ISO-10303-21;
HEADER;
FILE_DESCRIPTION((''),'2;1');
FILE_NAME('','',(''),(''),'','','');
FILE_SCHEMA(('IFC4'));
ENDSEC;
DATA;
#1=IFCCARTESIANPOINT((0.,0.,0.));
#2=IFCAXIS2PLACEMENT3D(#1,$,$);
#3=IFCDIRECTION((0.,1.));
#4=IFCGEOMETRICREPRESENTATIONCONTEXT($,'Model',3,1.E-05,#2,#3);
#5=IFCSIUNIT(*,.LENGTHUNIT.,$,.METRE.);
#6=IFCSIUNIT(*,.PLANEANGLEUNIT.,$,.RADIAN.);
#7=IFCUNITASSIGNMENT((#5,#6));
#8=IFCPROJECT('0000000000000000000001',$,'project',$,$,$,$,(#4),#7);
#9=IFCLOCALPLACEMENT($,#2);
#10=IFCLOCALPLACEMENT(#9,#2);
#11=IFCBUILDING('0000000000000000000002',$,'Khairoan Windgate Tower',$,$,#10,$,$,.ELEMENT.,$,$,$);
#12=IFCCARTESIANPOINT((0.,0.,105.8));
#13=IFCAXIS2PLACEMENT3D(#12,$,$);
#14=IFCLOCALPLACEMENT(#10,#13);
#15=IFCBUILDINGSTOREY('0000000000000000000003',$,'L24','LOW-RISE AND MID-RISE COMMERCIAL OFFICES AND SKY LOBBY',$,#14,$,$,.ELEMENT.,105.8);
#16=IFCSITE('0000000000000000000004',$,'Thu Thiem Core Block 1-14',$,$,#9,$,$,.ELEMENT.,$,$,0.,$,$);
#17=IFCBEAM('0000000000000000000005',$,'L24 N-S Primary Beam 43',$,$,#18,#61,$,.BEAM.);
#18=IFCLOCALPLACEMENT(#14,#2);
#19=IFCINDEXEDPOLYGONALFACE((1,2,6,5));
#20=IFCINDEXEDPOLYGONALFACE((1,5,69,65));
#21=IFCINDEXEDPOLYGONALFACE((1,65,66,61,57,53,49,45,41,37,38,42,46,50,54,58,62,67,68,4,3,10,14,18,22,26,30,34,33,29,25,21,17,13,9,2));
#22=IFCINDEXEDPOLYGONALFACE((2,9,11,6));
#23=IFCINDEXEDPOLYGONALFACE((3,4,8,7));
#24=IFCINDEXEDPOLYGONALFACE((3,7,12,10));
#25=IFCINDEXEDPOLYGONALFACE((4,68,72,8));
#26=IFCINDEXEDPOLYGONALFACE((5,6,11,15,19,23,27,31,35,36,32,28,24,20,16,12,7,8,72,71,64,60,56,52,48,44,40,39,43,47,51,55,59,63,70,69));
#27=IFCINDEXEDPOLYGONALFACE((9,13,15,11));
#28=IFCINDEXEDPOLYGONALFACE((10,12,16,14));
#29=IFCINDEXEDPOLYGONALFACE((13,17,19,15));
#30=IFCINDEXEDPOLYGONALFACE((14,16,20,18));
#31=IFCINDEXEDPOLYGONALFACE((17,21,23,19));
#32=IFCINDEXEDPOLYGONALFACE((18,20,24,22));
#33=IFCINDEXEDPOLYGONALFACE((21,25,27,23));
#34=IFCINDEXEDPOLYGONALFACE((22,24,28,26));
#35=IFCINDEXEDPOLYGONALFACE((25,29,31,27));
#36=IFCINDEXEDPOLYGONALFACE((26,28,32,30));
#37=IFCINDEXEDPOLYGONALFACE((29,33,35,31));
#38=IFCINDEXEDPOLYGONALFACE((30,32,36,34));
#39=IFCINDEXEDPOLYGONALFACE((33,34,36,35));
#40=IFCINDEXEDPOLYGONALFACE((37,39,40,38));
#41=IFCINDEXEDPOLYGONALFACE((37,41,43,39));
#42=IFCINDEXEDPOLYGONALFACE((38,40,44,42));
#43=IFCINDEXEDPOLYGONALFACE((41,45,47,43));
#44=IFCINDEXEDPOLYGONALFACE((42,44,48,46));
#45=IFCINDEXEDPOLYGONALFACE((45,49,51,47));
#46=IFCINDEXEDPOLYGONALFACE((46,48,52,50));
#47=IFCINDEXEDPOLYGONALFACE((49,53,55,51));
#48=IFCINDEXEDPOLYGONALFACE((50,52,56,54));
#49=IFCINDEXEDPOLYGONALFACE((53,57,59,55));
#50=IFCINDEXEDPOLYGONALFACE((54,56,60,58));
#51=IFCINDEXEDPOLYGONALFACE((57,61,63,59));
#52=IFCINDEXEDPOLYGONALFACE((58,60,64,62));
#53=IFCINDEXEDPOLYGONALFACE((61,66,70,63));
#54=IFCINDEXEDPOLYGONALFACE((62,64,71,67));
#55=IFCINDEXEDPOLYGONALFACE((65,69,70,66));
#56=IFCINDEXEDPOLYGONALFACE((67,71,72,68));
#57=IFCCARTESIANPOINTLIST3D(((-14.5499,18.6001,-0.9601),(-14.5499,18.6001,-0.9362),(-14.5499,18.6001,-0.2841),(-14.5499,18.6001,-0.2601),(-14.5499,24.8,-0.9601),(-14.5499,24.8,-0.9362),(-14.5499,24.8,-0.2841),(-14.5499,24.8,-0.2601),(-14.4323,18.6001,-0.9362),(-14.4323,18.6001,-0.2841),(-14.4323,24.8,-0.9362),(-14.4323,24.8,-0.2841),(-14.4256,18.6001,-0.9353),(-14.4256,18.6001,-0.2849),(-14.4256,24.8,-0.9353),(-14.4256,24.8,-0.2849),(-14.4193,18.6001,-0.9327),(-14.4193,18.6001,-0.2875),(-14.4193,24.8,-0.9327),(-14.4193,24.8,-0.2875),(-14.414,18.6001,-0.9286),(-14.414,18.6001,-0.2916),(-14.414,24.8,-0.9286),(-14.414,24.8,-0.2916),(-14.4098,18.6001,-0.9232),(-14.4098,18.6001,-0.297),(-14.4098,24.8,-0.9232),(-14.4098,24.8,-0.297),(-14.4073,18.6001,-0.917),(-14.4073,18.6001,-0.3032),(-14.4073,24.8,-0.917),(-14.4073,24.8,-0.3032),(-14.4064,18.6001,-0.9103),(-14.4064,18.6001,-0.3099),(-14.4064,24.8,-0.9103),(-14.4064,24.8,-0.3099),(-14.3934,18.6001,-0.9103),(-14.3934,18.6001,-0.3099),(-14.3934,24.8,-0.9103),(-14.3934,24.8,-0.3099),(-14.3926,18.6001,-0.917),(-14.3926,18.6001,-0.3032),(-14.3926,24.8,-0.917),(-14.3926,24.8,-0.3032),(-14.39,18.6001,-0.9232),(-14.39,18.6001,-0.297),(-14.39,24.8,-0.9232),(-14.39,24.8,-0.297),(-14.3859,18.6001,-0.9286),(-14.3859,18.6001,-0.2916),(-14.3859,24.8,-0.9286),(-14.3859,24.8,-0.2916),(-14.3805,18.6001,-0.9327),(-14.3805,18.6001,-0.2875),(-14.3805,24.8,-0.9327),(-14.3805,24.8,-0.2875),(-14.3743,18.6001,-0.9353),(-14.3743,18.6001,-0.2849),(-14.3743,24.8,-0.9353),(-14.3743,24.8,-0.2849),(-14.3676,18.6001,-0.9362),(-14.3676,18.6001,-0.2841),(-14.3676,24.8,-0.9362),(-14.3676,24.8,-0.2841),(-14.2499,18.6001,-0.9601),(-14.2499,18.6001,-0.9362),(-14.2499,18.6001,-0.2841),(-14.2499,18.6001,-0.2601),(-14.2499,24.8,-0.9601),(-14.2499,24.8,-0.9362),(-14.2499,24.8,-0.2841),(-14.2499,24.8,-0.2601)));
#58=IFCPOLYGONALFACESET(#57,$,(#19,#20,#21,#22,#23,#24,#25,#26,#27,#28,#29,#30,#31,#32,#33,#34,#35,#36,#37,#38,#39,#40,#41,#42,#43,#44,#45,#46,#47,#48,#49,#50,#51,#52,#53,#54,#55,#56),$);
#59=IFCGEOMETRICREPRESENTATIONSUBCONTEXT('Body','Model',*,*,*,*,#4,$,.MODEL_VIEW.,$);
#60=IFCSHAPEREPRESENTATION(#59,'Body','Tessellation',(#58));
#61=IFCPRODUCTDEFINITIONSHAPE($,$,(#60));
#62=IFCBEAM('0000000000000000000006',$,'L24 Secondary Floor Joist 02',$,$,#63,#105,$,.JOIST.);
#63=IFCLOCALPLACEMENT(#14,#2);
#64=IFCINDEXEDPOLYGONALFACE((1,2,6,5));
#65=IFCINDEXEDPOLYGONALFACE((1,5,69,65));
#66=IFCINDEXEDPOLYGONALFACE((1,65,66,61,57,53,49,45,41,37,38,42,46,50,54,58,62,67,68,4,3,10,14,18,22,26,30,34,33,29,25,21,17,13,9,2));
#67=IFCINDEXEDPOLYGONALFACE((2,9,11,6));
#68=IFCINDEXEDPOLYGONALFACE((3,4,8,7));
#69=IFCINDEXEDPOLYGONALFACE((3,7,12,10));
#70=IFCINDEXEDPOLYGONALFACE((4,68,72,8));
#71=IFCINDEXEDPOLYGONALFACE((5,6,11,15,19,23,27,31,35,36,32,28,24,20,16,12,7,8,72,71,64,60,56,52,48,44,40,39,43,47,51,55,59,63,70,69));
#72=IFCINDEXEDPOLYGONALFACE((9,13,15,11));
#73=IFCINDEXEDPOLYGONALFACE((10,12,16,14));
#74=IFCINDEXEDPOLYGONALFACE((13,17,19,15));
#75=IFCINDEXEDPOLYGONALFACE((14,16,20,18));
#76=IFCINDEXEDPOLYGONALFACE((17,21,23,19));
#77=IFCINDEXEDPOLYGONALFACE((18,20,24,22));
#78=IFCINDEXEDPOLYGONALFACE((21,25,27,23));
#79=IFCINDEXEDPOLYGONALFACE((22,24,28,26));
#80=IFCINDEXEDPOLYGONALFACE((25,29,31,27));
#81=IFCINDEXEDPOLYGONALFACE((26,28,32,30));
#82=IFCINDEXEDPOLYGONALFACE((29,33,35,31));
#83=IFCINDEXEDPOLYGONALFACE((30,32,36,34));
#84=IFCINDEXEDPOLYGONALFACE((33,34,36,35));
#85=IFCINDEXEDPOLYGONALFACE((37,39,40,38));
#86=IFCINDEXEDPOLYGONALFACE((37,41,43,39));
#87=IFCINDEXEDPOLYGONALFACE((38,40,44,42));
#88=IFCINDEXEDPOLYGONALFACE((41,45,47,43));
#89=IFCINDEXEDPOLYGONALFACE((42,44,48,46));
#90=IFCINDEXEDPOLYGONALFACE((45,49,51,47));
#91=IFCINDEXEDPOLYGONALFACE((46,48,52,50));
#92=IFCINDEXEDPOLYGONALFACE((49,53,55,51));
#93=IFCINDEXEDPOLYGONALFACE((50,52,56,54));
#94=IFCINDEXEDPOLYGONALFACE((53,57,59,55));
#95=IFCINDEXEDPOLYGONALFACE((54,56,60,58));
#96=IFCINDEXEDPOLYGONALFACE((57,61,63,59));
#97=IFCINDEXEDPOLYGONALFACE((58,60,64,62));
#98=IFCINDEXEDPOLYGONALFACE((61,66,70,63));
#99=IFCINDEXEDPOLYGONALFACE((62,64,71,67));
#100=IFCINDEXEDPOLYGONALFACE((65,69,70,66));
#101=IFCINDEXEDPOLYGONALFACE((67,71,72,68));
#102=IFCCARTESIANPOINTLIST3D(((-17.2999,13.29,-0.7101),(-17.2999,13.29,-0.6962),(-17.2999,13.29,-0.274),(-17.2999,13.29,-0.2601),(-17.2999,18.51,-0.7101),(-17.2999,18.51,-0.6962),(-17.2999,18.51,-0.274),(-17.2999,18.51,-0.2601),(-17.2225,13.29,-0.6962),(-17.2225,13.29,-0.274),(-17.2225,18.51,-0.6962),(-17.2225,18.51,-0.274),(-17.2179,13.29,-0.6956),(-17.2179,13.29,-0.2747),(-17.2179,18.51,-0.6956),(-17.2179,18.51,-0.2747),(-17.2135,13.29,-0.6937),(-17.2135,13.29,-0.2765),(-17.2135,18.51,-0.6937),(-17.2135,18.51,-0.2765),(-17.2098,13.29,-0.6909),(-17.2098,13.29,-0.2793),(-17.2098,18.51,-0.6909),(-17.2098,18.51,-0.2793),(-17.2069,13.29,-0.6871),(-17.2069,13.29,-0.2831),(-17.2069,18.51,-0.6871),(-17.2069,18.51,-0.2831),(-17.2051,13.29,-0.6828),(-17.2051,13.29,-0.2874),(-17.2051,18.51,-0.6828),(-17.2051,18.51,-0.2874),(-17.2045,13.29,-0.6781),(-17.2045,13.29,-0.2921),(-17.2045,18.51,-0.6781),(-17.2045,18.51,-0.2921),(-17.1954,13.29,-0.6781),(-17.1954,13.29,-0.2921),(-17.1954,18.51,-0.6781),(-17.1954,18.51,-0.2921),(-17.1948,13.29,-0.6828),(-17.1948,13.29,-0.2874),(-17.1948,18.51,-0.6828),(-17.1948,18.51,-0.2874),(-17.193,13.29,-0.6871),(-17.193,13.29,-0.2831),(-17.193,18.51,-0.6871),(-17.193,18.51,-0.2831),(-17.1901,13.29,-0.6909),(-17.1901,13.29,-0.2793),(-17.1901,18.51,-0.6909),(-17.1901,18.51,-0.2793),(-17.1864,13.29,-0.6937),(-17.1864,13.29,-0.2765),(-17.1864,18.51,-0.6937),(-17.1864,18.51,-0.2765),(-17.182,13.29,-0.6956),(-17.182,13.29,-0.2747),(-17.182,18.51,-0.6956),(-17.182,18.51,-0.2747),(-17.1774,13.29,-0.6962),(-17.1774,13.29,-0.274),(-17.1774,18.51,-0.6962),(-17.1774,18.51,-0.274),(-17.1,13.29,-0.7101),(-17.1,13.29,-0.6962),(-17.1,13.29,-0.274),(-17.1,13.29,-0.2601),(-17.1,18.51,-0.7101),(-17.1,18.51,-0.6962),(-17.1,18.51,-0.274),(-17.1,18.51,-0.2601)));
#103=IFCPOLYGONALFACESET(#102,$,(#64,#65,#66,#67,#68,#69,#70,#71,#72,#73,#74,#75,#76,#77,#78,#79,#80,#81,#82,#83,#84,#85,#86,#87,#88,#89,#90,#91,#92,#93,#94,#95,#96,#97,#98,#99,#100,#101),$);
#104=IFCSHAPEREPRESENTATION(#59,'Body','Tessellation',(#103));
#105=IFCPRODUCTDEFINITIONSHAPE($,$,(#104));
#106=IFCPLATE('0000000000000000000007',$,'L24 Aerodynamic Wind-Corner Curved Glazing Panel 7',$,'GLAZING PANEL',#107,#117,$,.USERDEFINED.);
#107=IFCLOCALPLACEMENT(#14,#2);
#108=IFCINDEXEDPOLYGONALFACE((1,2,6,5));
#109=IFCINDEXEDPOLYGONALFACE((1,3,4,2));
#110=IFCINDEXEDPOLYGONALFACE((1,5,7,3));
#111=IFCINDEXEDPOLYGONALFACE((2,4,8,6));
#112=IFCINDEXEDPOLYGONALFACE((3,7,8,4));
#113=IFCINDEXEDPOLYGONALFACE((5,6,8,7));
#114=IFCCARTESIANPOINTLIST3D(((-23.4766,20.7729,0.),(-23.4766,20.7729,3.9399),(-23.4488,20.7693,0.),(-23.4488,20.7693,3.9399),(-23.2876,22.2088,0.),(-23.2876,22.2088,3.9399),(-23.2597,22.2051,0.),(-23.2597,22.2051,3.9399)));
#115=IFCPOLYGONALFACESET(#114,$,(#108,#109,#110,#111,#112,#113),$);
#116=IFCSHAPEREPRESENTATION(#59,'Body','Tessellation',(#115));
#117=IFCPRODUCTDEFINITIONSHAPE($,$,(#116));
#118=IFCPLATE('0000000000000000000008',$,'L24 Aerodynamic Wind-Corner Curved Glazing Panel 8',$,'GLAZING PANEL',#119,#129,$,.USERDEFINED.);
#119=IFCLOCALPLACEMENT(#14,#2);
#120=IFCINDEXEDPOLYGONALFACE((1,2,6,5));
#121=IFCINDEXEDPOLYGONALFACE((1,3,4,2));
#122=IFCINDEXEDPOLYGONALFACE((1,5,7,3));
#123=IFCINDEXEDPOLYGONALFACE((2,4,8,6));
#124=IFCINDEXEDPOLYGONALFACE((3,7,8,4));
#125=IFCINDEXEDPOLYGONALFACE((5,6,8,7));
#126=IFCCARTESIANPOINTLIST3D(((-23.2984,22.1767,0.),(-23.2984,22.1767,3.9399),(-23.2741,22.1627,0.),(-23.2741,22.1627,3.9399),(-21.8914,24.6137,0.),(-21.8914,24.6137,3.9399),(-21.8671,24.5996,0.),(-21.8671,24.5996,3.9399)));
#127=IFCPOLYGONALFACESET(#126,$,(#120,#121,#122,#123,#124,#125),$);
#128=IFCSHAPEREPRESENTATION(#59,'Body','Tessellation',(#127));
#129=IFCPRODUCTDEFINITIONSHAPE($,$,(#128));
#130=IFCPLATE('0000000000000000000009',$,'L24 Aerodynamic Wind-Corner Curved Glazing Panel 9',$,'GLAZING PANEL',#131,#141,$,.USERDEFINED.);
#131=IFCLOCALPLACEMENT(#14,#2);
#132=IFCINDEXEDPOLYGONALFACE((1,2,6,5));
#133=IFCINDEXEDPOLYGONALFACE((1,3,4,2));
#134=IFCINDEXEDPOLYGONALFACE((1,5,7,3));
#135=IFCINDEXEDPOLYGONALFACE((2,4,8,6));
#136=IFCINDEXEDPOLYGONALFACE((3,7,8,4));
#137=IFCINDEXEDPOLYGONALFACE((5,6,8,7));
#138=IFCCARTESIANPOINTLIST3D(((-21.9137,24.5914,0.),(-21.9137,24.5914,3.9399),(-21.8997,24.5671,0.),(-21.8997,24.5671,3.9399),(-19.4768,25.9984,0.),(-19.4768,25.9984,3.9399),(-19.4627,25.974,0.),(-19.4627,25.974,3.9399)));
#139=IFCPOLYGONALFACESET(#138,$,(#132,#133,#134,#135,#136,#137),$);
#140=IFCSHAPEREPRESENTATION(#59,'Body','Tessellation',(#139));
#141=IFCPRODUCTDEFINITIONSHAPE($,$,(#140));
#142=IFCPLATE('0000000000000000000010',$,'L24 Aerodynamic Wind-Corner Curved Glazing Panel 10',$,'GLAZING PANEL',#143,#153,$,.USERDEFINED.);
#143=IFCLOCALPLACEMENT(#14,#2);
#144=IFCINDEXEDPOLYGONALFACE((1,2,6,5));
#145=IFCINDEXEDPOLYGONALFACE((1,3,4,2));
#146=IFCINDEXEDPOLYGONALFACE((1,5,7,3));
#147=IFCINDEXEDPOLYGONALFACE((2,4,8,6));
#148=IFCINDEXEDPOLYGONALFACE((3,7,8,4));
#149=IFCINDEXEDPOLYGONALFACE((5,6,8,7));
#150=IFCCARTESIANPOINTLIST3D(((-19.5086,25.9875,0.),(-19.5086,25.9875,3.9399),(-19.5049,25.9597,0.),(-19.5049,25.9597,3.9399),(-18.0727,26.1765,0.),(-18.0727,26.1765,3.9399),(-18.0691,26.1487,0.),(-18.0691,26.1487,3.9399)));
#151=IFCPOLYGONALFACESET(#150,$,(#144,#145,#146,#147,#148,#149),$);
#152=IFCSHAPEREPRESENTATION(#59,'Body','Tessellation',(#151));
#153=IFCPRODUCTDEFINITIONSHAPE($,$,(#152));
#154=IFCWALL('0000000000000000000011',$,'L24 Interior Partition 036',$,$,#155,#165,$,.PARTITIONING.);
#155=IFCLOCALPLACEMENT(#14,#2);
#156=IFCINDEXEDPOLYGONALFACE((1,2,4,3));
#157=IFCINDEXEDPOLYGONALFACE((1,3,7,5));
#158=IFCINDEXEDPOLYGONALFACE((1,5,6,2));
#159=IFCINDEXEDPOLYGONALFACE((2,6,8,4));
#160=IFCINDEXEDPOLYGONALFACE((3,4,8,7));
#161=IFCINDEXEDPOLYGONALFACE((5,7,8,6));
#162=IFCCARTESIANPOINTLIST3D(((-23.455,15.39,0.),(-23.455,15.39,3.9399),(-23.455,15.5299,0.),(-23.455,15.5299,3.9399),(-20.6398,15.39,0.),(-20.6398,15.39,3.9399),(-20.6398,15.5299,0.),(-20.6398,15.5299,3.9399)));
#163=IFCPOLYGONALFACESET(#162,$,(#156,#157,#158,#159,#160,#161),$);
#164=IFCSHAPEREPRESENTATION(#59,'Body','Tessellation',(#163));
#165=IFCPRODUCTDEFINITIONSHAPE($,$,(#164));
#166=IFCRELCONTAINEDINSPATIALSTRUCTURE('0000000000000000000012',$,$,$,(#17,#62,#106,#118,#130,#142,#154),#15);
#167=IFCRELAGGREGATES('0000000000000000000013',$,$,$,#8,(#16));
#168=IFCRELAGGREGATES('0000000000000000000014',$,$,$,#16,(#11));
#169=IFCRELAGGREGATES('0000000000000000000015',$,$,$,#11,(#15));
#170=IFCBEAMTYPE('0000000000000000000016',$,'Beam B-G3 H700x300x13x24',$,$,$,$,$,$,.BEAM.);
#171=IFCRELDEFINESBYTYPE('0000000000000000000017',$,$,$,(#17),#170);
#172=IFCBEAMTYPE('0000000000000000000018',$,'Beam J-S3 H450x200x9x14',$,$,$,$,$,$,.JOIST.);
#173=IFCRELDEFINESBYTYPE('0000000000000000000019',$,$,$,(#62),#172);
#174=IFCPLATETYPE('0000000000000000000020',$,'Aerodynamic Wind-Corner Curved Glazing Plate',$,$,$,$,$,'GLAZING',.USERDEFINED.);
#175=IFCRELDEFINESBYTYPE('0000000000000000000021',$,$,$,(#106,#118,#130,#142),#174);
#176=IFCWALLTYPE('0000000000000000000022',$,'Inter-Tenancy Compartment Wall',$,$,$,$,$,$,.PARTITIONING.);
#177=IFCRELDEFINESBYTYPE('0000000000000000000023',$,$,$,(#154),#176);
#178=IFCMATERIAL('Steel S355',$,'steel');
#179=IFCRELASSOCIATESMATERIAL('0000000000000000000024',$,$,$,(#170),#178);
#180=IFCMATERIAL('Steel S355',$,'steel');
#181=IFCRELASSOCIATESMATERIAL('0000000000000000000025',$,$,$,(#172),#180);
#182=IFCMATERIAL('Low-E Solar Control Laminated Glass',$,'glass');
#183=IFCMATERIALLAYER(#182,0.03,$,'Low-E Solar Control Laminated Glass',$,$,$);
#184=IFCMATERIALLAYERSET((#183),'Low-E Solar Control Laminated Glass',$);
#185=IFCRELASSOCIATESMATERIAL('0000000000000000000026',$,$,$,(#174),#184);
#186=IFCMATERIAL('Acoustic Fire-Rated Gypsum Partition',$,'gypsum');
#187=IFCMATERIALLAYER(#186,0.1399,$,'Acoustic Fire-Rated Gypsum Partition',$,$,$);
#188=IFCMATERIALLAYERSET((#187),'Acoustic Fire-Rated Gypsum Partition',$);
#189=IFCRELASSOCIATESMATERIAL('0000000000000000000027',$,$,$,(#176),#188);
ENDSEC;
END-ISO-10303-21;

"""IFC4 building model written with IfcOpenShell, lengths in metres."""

from ifc_helpers import new_model, si_unit, direction, frame, frame_2d, origin, origin_2d, place, context, subcontext, project, spatial, rectangle, i_section, extrude, material, layer, layer_set, material_profile, profile_set, type_object, element, save


model = new_model("IFC4")

# Units and contexts
model_context = context("Model", 3, precision=1e-05, world=origin(), true_north=direction((0.0, 1.0)))
body_context = subcontext(model_context, "Body", "Model", "MODEL_VIEW")
ifc_project = project(units=[si_unit("LENGTHUNIT", "METRE"), si_unit("PLANEANGLEUNIT", "RADIAN")], contexts=[model_context])

# Site, building, storey
site_placement = place(None, origin())
site = spatial("IfcSite", under=ifc_project, at=site_placement, Name="Thu Thiem Core Block 1-14", CompositionType="ELEMENT", RefElevation=0.0)
building_placement = place(site_placement, origin())
building = spatial("IfcBuilding", under=site, at=building_placement, Name="Khairoan Windgate Tower", CompositionType="ELEMENT")
storey_placement = place(building_placement, frame((0.0, 0.0, 105.8)))
storey = spatial("IfcBuildingStorey", under=building, at=storey_placement, Name="L24", Description="LOW-RISE AND MID-RISE COMMERCIAL OFFICES AND SKY LOBBY", CompositionType="ELEMENT", Elevation=105.8)

# Beams
ifc_material_1 = material(Name="Steel S355", Category="steel")
ifc_material_profile_1 = material_profile(ifc_material_1, i_section(OverallWidth=0.3, OverallDepth=0.7, WebThickness=0.0129, FlangeThickness=0.0239, FilletRadius=0.0259, at=origin_2d()))
ifc_profile_set_1 = profile_set([ifc_material_profile_1], Name="Steel S355")
beam_type_1 = type_object("IfcBeamType", Name="Beam B-G3 H700x300x13x24", PredefinedType="BEAM", material=ifc_profile_set_1)
beam_1_placement = place(storey_placement, frame((-14.3999, 18.6001, -0.6101), z_axis=(0.0, 1.0, 0.0), x_axis=(-1.0, 0.0, 0.0)))
element("IfcBeam", 1, at=beam_1_placement, inside=storey, type_object=beam_type_1, Name="L24 N-S Primary Beam 43", PredefinedType="BEAM", context=body_context, shape_type="SweptSolid", body=[
    extrude(i_section(OverallWidth=0.3, OverallDepth=0.7, WebThickness=0.0129, FlangeThickness=0.0239, FilletRadius=0.0259, at=origin_2d()), origin(), (0.0, 0.0, 1.0), 6.2),
])
ifc_material_2 = material(Name="Steel S355", Category="steel")
ifc_material_profile_2 = material_profile(ifc_material_2, i_section(OverallWidth=0.2, OverallDepth=0.45, WebThickness=0.009, FlangeThickness=0.0139, FilletRadius=0.0181, at=origin_2d()))
ifc_profile_set_2 = profile_set([ifc_material_profile_2], Name="Steel S355")
beam_type_2 = type_object("IfcBeamType", Name="Beam J-S3 H450x200x9x14", PredefinedType="JOIST", material=ifc_profile_set_2)
beam_2_placement = place(storey_placement, frame((-17.2, 13.29, -0.4851), z_axis=(0.0, 1.0, 0.0), x_axis=(-1.0, 0.0, 0.0)))
element("IfcBeam", 2, at=beam_2_placement, inside=storey, type_object=beam_type_2, Name="L24 Secondary Floor Joist 02", PredefinedType="JOIST", context=body_context, shape_type="SweptSolid", body=[
    extrude(i_section(OverallWidth=0.2, OverallDepth=0.45, WebThickness=0.009, FlangeThickness=0.0139, FilletRadius=0.0181, at=origin_2d()), origin(), (0.0, 0.0, 1.0), 5.22),
])

# Plates
ifc_material_3 = material(Name="Low-E Solar Control Laminated Glass", Category="glass")
ifc_layer_1 = layer(ifc_material_3, 0.03, Name="Low-E Solar Control Laminated Glass")
ifc_layer_set_1 = layer_set([ifc_layer_1], Name="Low-E Solar Control Laminated Glass")
plate_type_1 = type_object("IfcPlateType", Name="Aerodynamic Wind-Corner Curved Glazing Plate", ElementType="GLAZING", PredefinedType="USERDEFINED", material=ifc_layer_set_1)
plate_1_placement = place(storey_placement, frame((-23.3682, 21.489, 0.0), z_axis=(0.0, 0.0, 1.0), x_axis=(0.130526, 0.991445, 0.0)))
element("IfcPlate", 3, at=plate_1_placement, inside=storey, type_object=plate_type_1, Name="L24 Aerodynamic Wind-Corner Curved Glazing Panel 7", ObjectType="GLAZING PANEL", PredefinedType="USERDEFINED", context=body_context, shape_type="SweptSolid", body=[
    extrude(rectangle(XDim=1.4482, YDim=0.0281, at=origin_2d()), origin(), (0.0, 0.0, 1.0), 3.9399),
])
for number, where, z_axis, x_axis, name in (
    (4, (-22.5828, 23.3882, 0.0), (0.0, 0.0, 1.0), (0.5, 0.866025, 0.0), "L24 Aerodynamic Wind-Corner Curved Glazing Panel 8"),
    (5, (-20.6882, 25.2827, 0.0), (0.0, 0.0, 1.0), (0.866025, 0.5, 0.0), "L24 Aerodynamic Wind-Corner Curved Glazing Panel 9"),
):
    element("IfcPlate", number, at=place(storey_placement, frame(where, z_axis=z_axis, x_axis=x_axis)), inside=storey, type_object=plate_type_1, Name=name, ObjectType="GLAZING PANEL", PredefinedType="USERDEFINED", context=body_context, shape_type="SweptSolid", body=[
        extrude(rectangle(XDim=2.814, YDim=0.0281, at=origin_2d()), origin(), (0.0, 0.0, 1.0), 3.9399),
    ])
plate_2_placement = place(storey_placement, frame((-18.7888, 26.0681, 0.0), z_axis=(0.0, 0.0, 1.0), x_axis=(0.991445, 0.130526, 0.0)))
element("IfcPlate", 6, at=plate_2_placement, inside=storey, type_object=plate_type_1, Name="L24 Aerodynamic Wind-Corner Curved Glazing Panel 10", ObjectType="GLAZING PANEL", PredefinedType="USERDEFINED", context=body_context, shape_type="SweptSolid", body=[
    extrude(rectangle(XDim=1.4482, YDim=0.0281, at=origin_2d()), origin(), (0.0, 0.0, 1.0), 3.9399),
])

# Wall
ifc_material_4 = material(Name="Acoustic Fire-Rated Gypsum Partition", Category="gypsum")
ifc_layer_2 = layer(ifc_material_4, 0.1399, Name="Acoustic Fire-Rated Gypsum Partition")
ifc_layer_set_2 = layer_set([ifc_layer_2], Name="Acoustic Fire-Rated Gypsum Partition")
wall_type_1 = type_object("IfcWallType", Name="Inter-Tenancy Compartment Wall", PredefinedType="PARTITIONING", material=ifc_layer_set_2)
wall_1_placement = place(storey_placement, frame((-23.4551, 15.46, 0.0), z_axis=(0.0, 0.0, 1.0), x_axis=(1.0, 0.0, 0.0)))
element("IfcWall", 7, at=wall_1_placement, inside=storey, type_object=wall_type_1, Name="L24 Interior Partition 036", PredefinedType="PARTITIONING", context=body_context, shape_type="SweptSolid", body=[
    extrude(rectangle(XDim=2.8152, YDim=0.1399, at=frame_2d((1.4077, 0.0))), origin(), (0.0, 0.0, 1.0), 3.9399),
])

save(model, "model.ifc")
